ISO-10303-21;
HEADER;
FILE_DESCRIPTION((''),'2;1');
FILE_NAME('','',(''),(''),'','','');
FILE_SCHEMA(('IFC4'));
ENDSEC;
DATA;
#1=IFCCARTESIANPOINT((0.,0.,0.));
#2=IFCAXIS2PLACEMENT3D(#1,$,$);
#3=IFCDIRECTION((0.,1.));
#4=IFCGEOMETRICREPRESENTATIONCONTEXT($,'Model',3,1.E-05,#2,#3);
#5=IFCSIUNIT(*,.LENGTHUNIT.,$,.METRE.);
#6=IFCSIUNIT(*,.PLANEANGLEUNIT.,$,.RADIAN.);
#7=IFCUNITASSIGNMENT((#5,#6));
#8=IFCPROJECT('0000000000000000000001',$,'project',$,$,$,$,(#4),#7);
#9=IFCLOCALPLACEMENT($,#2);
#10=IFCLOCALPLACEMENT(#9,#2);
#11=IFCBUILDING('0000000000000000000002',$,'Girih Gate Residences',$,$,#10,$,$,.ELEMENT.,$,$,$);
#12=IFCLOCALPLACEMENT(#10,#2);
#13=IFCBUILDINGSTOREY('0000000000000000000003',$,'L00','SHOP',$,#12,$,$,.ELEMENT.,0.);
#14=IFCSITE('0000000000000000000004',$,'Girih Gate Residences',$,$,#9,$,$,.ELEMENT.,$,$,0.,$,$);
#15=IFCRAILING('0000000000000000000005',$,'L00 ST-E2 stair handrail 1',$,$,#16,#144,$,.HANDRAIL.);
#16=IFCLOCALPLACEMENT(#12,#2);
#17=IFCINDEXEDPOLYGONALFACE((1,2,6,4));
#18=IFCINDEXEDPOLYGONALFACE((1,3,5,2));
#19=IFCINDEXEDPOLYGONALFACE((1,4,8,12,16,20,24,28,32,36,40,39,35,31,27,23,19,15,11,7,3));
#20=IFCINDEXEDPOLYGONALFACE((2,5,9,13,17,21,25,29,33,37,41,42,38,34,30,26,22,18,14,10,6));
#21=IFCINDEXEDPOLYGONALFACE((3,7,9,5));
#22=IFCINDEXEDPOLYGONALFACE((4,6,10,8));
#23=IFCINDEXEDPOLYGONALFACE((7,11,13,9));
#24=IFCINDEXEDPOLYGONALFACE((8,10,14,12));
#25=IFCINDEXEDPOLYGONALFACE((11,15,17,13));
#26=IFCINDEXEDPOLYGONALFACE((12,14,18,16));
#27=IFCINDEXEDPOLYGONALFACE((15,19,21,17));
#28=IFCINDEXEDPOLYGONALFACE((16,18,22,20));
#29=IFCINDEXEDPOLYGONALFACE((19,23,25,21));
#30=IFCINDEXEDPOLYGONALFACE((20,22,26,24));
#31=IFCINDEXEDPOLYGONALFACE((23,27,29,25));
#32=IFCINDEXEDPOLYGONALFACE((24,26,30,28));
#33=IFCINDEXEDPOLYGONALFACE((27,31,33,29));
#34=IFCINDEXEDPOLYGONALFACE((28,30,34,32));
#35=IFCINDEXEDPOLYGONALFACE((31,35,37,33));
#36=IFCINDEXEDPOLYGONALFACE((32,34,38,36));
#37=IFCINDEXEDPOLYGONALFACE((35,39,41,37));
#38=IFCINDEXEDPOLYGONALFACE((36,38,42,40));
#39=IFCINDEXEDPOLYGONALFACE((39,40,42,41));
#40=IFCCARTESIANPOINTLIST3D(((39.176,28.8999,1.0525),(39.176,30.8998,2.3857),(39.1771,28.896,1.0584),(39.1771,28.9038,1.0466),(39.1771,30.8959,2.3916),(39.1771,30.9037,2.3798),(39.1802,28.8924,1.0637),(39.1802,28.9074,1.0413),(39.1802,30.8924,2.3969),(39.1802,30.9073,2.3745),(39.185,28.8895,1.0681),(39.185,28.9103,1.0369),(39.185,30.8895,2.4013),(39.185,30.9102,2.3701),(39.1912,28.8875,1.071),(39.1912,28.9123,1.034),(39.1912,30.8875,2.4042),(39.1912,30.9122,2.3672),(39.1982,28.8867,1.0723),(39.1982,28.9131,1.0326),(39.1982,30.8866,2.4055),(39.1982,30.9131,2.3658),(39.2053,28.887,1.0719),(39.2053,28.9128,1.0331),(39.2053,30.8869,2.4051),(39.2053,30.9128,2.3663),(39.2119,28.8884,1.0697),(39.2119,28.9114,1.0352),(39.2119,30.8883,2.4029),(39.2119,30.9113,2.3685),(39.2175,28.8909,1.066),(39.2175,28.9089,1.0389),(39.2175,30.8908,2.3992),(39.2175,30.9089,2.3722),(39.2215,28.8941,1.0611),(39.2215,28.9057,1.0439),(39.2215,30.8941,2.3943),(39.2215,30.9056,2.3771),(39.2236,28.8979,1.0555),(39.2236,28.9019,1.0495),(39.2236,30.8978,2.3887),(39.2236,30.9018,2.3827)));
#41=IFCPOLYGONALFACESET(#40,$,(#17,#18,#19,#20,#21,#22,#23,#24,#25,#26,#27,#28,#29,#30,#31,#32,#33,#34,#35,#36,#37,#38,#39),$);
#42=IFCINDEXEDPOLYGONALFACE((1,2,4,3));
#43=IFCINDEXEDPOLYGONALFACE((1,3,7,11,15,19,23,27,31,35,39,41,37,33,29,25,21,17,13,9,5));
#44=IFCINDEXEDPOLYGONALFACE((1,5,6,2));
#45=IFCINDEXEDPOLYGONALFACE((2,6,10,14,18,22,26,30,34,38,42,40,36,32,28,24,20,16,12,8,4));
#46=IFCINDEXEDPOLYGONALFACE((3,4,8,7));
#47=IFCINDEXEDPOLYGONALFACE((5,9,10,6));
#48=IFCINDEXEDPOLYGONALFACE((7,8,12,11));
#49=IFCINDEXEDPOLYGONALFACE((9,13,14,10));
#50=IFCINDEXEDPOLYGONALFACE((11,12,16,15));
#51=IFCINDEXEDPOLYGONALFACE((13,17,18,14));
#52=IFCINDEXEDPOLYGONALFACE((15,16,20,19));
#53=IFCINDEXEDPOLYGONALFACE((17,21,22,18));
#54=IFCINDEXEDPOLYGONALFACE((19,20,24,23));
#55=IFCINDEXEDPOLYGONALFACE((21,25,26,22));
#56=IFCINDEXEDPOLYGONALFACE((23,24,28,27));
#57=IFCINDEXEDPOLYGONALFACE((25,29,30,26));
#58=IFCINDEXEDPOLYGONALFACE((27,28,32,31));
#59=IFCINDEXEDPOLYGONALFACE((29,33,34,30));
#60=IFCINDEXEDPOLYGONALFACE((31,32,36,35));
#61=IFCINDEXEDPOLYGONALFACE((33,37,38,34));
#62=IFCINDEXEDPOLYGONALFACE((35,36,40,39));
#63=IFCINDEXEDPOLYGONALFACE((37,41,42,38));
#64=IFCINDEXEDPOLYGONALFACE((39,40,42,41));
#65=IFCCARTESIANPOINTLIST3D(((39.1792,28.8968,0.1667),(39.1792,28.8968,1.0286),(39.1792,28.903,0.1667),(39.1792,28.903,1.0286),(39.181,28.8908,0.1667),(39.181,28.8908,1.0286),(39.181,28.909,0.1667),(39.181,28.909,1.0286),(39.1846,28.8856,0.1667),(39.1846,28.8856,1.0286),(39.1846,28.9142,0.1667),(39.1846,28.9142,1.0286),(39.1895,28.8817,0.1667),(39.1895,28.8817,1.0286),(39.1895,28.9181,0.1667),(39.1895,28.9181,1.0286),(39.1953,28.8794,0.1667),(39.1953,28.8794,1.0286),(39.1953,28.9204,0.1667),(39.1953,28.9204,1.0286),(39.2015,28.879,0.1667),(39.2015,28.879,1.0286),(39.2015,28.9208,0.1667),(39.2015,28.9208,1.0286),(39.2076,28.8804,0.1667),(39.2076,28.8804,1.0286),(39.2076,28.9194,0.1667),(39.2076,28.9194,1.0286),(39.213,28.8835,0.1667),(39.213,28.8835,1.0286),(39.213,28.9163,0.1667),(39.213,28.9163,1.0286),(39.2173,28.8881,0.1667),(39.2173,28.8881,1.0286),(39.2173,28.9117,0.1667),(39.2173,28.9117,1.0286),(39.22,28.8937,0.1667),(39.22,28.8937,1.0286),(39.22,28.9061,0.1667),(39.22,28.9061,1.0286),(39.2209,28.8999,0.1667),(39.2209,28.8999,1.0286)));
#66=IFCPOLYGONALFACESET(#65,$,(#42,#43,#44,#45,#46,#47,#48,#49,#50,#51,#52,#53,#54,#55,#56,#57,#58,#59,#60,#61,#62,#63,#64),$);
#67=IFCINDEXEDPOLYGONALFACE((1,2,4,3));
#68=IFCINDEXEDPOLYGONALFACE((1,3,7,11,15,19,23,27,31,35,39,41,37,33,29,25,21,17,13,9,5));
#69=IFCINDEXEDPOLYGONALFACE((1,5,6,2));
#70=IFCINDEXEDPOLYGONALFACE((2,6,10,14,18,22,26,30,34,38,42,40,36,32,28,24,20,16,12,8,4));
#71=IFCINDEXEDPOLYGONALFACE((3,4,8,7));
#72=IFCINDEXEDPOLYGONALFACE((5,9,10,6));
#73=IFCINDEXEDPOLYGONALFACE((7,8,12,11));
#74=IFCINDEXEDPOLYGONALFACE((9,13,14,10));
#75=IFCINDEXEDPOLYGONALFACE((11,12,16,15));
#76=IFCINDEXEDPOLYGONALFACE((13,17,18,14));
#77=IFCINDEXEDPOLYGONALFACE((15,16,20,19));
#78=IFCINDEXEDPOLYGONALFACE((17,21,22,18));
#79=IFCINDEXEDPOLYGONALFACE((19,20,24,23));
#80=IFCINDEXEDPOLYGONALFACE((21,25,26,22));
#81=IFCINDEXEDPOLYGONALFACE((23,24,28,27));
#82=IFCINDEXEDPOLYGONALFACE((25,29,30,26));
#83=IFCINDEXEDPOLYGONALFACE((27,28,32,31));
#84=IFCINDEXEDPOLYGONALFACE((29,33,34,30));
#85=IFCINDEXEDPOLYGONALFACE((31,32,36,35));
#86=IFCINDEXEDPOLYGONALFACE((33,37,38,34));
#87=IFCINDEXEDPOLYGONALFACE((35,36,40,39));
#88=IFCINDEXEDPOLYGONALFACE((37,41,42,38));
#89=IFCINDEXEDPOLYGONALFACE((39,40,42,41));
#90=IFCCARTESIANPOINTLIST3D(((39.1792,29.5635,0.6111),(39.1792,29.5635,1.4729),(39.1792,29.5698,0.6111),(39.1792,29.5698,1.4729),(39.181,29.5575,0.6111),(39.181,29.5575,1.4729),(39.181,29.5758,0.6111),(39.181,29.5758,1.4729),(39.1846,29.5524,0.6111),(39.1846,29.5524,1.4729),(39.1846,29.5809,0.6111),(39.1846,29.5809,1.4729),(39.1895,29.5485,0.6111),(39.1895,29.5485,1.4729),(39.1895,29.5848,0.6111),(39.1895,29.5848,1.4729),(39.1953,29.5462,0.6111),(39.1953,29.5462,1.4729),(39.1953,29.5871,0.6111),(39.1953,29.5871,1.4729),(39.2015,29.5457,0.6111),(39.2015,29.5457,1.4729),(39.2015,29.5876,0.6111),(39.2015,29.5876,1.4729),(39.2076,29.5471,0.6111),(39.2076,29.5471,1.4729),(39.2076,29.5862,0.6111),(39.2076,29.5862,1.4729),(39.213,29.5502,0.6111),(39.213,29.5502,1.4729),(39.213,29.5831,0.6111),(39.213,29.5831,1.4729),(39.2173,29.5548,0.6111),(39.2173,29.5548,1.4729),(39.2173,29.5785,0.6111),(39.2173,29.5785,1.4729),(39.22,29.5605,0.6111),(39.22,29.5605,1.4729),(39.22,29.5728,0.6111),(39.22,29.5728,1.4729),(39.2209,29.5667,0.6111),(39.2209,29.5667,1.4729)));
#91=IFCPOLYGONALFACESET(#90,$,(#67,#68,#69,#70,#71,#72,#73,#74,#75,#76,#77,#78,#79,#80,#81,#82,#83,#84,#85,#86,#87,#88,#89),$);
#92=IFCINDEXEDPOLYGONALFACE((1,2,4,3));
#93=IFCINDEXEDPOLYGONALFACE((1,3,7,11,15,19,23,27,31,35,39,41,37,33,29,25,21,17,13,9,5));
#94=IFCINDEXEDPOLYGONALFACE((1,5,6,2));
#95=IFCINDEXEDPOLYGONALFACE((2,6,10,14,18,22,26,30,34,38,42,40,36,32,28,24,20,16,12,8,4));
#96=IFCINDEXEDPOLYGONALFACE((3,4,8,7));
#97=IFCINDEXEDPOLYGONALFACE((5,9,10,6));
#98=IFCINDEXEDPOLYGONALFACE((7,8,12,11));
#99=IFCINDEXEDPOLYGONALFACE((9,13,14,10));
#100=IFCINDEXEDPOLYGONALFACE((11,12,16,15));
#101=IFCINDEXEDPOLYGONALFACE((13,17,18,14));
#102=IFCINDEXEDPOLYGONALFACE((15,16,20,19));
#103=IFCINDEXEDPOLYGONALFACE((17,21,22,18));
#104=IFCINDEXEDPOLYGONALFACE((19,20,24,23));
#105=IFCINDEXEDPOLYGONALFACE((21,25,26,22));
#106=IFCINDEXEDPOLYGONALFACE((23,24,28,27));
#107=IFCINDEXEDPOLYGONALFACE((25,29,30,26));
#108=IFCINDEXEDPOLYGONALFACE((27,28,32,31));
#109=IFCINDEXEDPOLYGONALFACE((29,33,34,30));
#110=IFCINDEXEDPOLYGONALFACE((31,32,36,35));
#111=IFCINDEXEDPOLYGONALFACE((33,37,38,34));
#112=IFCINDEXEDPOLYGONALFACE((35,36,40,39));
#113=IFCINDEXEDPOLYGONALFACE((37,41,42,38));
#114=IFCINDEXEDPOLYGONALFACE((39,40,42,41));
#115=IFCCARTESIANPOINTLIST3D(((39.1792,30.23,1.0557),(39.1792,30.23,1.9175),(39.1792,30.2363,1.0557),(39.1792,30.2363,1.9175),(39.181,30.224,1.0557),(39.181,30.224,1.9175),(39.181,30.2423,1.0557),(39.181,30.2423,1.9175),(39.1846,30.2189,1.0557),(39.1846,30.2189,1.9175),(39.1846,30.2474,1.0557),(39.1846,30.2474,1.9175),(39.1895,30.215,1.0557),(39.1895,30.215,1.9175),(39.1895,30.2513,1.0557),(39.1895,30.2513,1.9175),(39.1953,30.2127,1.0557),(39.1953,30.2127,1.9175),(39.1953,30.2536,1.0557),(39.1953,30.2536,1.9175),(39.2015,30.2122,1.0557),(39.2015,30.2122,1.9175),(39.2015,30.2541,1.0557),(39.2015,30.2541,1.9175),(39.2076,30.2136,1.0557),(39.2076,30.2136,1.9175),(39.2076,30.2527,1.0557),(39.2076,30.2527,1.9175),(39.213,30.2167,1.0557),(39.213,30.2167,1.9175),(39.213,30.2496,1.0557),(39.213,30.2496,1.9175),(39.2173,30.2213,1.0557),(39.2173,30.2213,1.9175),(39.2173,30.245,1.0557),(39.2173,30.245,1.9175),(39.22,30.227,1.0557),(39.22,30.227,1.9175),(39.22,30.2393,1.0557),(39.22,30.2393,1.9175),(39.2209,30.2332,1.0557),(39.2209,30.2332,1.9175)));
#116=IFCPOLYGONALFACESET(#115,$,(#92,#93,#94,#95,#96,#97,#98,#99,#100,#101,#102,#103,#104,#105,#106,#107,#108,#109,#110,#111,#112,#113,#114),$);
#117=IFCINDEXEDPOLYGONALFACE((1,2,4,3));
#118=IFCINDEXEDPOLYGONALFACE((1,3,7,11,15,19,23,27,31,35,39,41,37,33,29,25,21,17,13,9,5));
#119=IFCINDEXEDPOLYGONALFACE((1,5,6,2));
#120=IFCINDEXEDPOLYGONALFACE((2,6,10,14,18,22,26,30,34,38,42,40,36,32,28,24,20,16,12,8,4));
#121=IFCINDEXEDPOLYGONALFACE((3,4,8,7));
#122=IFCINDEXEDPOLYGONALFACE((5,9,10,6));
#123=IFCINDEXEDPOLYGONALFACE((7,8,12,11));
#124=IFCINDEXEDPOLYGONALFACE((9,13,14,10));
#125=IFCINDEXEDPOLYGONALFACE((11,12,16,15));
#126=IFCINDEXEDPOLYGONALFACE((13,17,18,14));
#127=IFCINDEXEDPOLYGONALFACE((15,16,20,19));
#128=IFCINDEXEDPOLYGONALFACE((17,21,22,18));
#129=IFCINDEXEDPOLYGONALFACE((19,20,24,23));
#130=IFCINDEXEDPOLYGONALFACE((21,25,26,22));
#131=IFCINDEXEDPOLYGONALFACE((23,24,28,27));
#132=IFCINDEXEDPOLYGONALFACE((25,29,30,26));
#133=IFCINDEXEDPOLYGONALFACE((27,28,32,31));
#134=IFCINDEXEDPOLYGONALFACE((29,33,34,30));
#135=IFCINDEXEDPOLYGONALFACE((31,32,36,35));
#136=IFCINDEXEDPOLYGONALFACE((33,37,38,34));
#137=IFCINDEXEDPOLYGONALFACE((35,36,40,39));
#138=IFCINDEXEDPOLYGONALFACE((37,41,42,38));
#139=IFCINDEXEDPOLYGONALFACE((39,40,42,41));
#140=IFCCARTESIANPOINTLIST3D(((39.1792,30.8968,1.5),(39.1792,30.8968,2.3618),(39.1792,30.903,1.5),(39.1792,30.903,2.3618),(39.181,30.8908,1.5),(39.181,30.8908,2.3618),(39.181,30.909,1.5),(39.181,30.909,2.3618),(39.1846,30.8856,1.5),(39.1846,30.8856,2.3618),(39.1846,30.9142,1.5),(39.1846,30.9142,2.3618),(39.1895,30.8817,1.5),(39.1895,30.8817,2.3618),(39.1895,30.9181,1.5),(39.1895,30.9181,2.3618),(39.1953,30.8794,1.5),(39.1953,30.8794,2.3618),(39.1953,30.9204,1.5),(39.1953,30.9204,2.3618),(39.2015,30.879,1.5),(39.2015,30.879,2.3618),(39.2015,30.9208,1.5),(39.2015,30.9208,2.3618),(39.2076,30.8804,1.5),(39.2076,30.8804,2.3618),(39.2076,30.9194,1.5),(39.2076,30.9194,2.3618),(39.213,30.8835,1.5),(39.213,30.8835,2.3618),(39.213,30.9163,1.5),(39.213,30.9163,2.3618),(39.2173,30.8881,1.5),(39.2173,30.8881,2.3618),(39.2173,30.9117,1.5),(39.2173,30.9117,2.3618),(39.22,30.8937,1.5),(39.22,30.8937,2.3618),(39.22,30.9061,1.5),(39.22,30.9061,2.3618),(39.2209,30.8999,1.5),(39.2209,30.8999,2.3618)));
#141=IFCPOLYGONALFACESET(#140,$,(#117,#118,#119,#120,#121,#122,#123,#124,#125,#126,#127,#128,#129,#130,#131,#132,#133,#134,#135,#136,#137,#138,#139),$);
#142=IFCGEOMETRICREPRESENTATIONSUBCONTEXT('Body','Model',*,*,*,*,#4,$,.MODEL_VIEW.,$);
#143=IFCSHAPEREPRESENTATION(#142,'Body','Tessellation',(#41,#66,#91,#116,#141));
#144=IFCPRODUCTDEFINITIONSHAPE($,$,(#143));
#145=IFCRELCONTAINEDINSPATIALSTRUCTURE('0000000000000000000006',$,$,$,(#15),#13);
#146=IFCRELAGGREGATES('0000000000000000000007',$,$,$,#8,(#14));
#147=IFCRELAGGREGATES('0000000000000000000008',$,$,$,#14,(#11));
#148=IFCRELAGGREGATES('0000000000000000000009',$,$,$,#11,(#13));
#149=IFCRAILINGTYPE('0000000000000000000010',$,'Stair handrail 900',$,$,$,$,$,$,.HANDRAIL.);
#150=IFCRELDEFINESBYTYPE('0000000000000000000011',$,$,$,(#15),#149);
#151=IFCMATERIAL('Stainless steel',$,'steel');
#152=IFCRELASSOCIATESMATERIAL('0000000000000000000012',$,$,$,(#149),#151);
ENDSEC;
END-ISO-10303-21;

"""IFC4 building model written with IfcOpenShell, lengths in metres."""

from ifc_helpers import new_model, si_unit, direction, frame, origin, origin_2d, place, context, subcontext, project, spatial, circle, extrude, material, type_object, element, save


model = new_model("IFC4")

# Units and contexts
model_context = context("Model", 3, precision=1e-05, world=origin(), true_north=direction((0.0, 1.0)))
body_context = subcontext(model_context, "Body", "Model", "MODEL_VIEW")
ifc_project = project(units=[si_unit("LENGTHUNIT", "METRE"), si_unit("PLANEANGLEUNIT", "RADIAN")], contexts=[model_context])

# Site, building, storey
site_placement = place(None, origin())
site = spatial("IfcSite", under=ifc_project, at=site_placement, Name="Girih Gate Residences", CompositionType="ELEMENT", RefElevation=0.0)
building_placement = place(site_placement, origin())
building = spatial("IfcBuilding", under=site, at=building_placement, Name="Girih Gate Residences", CompositionType="ELEMENT")
storey_placement = place(building_placement, origin())
storey = spatial("IfcBuildingStorey", under=building, at=storey_placement, Name="L00", Description="SHOP", CompositionType="ELEMENT", Elevation=0.0)

# Railing
ifc_material_1 = material(Name="Stainless steel", Category="steel")
railing_type_1 = type_object("IfcRailingType", Name="Stair handrail 900", PredefinedType="HANDRAIL", material=ifc_material_1)
railing_1_placement = place(storey_placement, frame((39.2, 28.8999, 0.1667)))
element("IfcRailing", 1, at=railing_1_placement, inside=storey, type_object=railing_type_1, Name="L00 ST-E2 stair handrail 1", PredefinedType="HANDRAIL", context=body_context, shape_type="SweptSolid", body=[
    extrude(circle(Radius=0.0239, at=origin_2d()), frame((0.0, 0.0, 0.8857), z_axis=(0.0, 0.832066, 0.554677), x_axis=(-1.0, 0.0, 0.0)), (0.0, 0.0, 1.0), 2.4036),
    extrude(circle(Radius=0.021, at=origin_2d()), origin(), (0.0, 0.0, 1.0), 0.8618),
    extrude(circle(Radius=0.021, at=origin_2d()), frame((0.0, 0.6667, 0.4443)), (0.0, 0.0, 1.0), 0.8618),
    extrude(circle(Radius=0.021, at=origin_2d()), frame((0.0, 1.3333, 0.8889)), (0.0, 0.0, 1.0), 0.8618),
    extrude(circle(Radius=0.021, at=origin_2d()), frame((0.0, 2.0, 1.3333)), (0.0, 0.0, 1.0), 0.8618),
])

save(model, "model.ifc")
